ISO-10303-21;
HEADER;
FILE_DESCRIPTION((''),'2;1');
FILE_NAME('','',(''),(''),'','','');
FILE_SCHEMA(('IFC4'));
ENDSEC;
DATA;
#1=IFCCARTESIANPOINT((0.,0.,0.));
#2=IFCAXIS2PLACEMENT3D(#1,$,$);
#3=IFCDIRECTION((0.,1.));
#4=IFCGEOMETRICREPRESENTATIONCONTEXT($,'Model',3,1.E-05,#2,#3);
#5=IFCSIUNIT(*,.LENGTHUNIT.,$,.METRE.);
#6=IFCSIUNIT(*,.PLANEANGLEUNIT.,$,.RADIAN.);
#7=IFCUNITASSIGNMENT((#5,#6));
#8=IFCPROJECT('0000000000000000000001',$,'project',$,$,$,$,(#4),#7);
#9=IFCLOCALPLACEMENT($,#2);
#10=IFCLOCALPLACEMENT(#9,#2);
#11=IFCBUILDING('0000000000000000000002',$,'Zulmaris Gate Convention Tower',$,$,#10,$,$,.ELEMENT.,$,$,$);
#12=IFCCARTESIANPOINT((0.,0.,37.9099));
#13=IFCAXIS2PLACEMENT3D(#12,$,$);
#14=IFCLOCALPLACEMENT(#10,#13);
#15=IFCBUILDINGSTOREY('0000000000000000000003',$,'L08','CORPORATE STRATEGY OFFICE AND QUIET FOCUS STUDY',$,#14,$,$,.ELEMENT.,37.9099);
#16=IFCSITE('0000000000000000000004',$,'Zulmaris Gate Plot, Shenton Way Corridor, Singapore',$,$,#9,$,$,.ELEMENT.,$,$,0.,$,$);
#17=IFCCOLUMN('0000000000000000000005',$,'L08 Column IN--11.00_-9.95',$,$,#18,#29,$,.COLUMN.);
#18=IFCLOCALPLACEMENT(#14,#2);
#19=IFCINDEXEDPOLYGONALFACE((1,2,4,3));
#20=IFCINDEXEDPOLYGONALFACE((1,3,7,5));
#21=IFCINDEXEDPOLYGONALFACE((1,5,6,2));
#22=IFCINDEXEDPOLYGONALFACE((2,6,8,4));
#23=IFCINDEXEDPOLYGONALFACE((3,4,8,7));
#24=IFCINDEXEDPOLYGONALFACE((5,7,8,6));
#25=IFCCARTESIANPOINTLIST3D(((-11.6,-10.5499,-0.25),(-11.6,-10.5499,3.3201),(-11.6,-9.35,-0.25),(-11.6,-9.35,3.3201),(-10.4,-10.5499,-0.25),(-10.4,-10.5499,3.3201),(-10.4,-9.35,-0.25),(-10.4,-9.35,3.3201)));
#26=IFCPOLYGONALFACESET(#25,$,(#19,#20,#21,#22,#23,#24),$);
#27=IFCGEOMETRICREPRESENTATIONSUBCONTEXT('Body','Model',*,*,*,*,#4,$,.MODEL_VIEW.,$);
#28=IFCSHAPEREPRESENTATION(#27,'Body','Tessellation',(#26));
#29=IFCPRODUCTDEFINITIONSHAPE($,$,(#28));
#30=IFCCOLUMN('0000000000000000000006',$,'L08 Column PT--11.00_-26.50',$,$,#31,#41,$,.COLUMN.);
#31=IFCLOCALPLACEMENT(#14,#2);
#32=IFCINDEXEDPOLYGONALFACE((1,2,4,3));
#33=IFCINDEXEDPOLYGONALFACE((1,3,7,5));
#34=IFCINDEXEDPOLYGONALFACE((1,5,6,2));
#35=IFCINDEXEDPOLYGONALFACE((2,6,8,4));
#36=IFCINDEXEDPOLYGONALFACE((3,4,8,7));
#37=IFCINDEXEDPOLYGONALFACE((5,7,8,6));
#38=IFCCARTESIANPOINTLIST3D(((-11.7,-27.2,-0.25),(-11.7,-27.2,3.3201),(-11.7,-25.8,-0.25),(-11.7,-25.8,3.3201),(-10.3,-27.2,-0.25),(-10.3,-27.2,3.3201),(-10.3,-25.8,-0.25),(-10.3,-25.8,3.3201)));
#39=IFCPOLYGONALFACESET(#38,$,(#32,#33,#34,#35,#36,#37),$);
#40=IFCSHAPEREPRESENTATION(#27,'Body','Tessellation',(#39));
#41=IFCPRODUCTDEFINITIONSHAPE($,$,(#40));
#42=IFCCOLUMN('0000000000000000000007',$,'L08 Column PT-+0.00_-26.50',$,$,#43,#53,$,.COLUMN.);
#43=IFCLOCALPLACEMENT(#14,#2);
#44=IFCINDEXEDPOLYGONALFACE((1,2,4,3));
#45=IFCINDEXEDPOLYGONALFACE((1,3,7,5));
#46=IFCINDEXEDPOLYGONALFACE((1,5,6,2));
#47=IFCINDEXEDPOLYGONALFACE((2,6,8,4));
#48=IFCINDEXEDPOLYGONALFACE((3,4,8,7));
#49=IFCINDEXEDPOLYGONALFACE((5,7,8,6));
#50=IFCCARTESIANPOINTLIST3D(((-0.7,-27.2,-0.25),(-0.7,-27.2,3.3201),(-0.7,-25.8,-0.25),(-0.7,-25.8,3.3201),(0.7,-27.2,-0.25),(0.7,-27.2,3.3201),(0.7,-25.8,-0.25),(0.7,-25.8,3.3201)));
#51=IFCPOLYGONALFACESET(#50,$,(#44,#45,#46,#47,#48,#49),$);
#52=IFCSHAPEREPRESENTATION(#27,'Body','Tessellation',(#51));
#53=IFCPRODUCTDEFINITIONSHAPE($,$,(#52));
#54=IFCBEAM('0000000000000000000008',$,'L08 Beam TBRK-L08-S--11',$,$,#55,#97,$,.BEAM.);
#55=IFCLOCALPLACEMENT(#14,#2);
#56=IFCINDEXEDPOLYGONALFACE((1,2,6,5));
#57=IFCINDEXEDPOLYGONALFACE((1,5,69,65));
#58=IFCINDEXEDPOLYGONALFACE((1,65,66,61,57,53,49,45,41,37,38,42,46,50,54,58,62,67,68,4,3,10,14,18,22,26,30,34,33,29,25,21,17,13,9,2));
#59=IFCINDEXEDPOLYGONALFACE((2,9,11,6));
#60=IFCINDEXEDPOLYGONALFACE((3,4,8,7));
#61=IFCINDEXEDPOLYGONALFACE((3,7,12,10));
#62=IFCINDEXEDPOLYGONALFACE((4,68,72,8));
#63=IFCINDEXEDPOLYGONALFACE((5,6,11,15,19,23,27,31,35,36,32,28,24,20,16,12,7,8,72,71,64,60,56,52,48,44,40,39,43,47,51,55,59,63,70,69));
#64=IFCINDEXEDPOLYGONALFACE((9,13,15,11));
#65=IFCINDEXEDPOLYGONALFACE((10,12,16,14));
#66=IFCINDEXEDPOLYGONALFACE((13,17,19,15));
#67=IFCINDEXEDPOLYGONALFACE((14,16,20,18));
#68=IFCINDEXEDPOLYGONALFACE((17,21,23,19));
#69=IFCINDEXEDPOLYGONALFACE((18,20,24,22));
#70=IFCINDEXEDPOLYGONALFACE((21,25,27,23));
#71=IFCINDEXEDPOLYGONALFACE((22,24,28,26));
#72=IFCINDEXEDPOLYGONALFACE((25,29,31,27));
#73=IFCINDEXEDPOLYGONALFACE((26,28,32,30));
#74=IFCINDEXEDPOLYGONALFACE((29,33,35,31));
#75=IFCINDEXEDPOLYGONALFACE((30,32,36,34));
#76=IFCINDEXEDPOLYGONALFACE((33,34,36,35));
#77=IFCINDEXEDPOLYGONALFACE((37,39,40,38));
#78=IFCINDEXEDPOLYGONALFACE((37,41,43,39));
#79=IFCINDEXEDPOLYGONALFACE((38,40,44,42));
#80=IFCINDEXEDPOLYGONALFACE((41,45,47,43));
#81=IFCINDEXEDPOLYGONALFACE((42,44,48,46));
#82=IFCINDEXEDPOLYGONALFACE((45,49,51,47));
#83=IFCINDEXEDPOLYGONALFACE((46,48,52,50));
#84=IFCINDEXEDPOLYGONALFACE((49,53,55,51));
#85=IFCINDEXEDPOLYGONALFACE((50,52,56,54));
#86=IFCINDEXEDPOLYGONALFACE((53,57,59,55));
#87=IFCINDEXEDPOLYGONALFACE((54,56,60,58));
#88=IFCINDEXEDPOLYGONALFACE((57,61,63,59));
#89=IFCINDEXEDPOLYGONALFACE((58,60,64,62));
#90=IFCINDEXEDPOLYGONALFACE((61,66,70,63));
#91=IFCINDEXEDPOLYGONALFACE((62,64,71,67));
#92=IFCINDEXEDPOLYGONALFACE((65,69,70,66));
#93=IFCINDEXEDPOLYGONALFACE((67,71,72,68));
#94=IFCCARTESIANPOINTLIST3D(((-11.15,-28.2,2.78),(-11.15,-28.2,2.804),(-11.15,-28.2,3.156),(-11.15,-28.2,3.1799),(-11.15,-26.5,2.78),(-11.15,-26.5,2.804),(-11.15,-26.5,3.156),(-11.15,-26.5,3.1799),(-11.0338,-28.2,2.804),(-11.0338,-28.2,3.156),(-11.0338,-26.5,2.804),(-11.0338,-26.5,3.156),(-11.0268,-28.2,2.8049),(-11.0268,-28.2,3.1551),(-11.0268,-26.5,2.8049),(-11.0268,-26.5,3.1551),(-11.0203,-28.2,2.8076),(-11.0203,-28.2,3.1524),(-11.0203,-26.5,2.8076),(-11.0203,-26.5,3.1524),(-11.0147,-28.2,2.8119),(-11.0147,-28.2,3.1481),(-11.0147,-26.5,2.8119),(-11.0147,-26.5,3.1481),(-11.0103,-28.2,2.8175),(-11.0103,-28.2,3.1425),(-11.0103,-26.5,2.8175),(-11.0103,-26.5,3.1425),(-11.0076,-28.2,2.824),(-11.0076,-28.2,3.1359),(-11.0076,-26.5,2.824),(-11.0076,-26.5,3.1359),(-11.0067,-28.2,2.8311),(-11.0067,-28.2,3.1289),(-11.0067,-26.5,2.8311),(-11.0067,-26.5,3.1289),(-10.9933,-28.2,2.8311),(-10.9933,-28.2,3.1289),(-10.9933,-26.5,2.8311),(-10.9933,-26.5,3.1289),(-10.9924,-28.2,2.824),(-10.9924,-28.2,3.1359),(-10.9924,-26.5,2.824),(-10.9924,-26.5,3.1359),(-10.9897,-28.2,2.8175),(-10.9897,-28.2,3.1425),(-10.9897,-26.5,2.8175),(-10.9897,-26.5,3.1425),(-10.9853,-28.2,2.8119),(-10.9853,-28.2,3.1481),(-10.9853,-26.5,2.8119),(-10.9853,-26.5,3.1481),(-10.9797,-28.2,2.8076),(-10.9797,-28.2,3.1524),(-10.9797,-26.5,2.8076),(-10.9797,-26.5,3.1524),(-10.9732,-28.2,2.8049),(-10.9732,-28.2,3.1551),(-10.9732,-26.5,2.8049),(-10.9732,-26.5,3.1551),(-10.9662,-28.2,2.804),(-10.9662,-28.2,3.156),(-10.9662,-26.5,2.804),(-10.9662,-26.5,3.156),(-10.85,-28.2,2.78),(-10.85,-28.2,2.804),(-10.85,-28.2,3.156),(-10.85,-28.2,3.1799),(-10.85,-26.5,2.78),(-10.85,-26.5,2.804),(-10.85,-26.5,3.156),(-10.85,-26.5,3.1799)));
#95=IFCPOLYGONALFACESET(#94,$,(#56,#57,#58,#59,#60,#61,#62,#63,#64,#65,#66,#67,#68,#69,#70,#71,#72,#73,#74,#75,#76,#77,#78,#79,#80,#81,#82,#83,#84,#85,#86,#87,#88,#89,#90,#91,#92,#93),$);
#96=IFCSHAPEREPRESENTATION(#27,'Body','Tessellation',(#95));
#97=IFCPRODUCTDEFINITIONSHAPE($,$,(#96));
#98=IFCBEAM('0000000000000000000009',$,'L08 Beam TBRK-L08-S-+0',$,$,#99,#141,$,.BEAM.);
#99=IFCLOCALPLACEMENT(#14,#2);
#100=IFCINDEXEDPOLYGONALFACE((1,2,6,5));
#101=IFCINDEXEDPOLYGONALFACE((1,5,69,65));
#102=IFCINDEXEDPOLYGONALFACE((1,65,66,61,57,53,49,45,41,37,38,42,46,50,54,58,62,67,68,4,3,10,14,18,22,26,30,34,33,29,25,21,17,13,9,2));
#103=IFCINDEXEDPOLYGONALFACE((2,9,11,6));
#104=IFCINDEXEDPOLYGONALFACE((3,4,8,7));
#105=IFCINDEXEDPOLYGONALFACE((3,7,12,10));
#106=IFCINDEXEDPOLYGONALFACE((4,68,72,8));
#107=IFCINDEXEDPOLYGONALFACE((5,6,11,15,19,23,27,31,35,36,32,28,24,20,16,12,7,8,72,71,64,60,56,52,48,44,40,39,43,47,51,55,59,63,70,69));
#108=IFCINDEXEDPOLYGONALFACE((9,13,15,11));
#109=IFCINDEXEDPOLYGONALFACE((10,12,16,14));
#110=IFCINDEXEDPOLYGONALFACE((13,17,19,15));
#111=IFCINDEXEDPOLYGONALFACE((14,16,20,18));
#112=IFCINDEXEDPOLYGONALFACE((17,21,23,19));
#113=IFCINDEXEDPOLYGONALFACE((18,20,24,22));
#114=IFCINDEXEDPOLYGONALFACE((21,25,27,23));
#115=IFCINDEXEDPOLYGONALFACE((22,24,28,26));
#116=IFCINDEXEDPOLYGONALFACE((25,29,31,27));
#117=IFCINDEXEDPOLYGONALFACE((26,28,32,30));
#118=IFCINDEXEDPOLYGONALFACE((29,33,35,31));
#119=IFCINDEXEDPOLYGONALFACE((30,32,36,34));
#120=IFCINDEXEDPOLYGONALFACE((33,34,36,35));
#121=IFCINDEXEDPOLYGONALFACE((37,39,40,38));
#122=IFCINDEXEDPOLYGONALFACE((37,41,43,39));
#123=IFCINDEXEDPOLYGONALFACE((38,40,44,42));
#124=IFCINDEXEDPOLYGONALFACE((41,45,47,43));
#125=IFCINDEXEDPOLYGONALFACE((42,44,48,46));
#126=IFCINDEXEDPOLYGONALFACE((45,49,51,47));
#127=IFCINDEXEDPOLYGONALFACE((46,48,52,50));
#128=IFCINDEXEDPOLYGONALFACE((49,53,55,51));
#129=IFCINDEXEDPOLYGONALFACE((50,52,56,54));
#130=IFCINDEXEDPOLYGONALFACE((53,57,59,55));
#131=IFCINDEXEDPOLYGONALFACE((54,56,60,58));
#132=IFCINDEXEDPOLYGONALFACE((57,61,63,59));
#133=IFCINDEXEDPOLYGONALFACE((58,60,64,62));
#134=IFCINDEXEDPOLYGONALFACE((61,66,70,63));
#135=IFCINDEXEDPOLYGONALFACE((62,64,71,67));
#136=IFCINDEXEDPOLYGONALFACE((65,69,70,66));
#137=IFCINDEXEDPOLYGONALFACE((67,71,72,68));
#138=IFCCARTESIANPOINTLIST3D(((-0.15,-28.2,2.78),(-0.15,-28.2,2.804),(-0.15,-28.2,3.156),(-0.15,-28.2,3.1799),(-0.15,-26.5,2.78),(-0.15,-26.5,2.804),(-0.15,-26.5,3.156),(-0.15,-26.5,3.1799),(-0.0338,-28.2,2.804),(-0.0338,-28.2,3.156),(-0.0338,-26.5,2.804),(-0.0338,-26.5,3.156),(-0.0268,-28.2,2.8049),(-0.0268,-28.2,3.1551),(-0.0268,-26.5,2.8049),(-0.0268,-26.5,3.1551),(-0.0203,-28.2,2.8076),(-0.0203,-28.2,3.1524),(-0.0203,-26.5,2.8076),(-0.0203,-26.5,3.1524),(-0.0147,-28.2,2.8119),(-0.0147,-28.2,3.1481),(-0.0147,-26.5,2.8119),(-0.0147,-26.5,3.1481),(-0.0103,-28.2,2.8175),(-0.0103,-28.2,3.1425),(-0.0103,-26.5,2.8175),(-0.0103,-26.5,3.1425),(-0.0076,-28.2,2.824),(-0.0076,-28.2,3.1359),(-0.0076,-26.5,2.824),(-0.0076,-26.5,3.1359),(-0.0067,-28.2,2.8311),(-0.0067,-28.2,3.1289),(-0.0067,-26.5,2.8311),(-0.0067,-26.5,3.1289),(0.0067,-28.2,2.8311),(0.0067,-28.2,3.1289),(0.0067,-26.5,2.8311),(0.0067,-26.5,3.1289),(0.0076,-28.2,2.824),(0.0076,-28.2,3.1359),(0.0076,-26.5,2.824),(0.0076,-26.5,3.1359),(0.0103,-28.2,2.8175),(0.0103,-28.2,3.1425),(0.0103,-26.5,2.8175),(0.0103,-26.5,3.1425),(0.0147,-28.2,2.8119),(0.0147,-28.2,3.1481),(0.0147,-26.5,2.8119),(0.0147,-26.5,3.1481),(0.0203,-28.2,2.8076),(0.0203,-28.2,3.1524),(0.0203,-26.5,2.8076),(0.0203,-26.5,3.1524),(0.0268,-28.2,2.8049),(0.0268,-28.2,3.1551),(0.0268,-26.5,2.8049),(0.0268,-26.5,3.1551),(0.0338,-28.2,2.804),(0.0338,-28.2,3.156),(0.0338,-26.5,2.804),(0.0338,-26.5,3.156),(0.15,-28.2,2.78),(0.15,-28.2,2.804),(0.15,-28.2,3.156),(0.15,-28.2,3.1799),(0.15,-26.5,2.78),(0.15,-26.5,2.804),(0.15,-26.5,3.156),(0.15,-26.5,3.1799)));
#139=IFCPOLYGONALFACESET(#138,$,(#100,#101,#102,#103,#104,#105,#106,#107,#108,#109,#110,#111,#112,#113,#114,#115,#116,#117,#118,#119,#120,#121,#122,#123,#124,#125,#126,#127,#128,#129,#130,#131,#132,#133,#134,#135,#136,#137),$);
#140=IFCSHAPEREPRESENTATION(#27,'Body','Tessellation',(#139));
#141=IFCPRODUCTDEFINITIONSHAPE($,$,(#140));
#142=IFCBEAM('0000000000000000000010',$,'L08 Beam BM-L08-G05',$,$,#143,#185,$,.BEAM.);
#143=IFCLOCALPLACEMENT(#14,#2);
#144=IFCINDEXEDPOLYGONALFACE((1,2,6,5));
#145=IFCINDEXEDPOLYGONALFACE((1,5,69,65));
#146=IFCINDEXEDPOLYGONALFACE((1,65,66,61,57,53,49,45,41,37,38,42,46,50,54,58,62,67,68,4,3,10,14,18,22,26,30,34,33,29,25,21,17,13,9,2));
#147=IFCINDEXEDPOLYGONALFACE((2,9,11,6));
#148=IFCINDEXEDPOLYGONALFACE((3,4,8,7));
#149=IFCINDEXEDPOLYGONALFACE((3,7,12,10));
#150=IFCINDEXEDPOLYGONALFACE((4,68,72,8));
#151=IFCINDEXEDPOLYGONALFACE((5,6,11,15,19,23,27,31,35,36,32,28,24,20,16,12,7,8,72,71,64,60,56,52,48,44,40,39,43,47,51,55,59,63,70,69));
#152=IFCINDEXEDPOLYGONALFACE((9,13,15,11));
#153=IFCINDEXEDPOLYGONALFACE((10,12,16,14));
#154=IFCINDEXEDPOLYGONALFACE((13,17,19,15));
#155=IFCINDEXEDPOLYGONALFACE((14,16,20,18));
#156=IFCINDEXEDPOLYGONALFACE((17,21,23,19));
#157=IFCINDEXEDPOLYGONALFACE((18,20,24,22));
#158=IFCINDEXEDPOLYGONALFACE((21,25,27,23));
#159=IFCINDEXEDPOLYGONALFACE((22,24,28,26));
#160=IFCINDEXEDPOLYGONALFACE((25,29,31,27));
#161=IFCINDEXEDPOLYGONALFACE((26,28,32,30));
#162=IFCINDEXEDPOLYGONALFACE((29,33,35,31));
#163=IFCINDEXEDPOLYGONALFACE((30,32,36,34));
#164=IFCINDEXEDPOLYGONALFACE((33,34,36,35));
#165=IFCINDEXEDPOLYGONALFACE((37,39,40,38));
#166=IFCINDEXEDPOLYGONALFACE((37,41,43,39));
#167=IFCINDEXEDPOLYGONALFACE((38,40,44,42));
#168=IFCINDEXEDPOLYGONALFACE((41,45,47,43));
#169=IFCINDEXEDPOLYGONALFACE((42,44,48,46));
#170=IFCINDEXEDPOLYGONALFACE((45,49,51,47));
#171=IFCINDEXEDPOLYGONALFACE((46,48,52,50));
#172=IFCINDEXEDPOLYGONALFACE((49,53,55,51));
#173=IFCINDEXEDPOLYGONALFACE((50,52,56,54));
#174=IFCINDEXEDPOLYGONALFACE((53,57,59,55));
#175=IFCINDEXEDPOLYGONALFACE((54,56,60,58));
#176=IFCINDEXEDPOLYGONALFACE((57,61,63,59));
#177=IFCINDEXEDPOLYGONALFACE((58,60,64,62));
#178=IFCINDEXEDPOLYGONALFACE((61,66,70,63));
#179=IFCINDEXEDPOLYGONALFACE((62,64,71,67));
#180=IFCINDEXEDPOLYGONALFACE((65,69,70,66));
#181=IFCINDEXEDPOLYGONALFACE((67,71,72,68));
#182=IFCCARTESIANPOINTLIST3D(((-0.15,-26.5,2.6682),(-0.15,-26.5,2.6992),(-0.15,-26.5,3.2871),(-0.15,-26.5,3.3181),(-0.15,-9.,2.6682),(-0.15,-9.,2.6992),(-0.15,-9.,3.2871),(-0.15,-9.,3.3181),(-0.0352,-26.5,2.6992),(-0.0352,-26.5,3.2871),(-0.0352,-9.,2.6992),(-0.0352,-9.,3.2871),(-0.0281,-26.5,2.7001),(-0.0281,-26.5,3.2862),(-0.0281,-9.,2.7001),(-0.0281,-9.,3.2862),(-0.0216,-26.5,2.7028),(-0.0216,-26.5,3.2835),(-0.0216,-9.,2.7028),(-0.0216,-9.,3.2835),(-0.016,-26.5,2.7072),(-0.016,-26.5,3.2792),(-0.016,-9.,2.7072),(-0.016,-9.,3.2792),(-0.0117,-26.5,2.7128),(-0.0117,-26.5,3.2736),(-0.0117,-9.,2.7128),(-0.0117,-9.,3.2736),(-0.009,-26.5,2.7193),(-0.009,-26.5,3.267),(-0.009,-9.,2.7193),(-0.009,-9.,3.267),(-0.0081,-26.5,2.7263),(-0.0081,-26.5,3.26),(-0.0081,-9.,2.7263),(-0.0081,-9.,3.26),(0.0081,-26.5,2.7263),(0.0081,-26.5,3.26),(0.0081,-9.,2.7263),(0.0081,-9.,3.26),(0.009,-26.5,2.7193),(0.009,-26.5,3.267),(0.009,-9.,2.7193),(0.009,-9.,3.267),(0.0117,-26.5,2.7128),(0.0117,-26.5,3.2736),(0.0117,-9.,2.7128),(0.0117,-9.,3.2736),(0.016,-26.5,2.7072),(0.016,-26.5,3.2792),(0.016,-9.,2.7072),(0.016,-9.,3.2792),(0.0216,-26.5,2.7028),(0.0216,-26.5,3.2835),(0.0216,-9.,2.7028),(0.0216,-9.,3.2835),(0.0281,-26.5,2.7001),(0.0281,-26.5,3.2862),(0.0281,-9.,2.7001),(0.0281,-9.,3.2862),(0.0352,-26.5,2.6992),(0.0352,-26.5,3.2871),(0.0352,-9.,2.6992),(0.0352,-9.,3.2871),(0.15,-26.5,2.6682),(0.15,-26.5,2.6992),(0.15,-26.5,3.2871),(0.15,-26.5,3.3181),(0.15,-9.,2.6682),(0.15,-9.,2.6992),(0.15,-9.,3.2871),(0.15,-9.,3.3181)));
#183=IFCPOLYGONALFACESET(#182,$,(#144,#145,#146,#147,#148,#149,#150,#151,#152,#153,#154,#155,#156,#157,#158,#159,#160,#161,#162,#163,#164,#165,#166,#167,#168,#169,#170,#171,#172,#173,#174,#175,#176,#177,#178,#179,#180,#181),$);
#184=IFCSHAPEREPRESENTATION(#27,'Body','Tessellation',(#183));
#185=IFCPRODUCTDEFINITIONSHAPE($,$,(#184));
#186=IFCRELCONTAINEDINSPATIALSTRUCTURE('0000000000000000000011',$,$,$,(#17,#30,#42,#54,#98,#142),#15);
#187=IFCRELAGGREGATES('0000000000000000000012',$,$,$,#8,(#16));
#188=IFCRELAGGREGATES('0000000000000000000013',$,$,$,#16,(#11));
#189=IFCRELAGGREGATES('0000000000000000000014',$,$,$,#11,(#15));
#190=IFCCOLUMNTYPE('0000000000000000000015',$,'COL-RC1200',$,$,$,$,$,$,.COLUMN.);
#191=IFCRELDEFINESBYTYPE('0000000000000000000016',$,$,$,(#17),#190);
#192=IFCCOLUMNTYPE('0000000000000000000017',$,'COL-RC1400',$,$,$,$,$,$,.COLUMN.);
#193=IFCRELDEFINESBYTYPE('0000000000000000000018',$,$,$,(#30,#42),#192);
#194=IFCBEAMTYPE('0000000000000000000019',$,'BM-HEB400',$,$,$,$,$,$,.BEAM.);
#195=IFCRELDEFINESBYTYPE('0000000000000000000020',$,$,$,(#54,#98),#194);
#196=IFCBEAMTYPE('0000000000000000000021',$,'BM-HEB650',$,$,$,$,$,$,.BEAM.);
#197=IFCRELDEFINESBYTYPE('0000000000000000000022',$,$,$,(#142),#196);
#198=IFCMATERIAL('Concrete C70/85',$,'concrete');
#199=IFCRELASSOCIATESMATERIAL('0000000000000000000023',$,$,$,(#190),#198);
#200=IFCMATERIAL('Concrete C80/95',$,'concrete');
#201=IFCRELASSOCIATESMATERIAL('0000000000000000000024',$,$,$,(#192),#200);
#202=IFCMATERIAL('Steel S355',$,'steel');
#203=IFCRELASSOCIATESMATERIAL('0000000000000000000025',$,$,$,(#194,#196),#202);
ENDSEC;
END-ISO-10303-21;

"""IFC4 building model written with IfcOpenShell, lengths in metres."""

from ifc_helpers import new_model, si_unit, direction, frame, origin, origin_2d, place, context, subcontext, project, spatial, rectangle, i_section, extrude, material, material_profile, profile_set, type_object, element, save


model = new_model("IFC4")

# Units and contexts
model_context = context("Model", 3, precision=1e-05, world=origin(), true_north=direction((0.0, 1.0)))
body_context = subcontext(model_context, "Body", "Model", "MODEL_VIEW")
ifc_project = project(units=[si_unit("LENGTHUNIT", "METRE"), si_unit("PLANEANGLEUNIT", "RADIAN")], contexts=[model_context])

# Site, building, storey
site_placement = place(None, origin())
site = spatial("IfcSite", under=ifc_project, at=site_placement, Name="Zulmaris Gate Plot, Shenton Way Corridor, Singapore", CompositionType="ELEMENT", RefElevation=0.0)
building_placement = place(site_placement, origin())
building = spatial("IfcBuilding", under=site, at=building_placement, Name="Zulmaris Gate Convention Tower", CompositionType="ELEMENT")
storey_placement = place(building_placement, frame((0.0, 0.0, 37.9099)))
storey = spatial("IfcBuildingStorey", under=building, at=storey_placement, Name="L08", Description="CORPORATE STRATEGY OFFICE AND QUIET FOCUS STUDY", CompositionType="ELEMENT", Elevation=37.9099)

# Columns
ifc_material_1 = material(Name="Concrete C70/85", Category="concrete")
ifc_material_profile_1 = material_profile(ifc_material_1, rectangle(XDim=1.2, YDim=1.2, at=origin_2d()), Name="RC COL 1200x1200")
ifc_profile_set_1 = profile_set([ifc_material_profile_1], Name="Concrete C70/85")
column_type_1 = type_object("IfcColumnType", Name="COL-RC1200", PredefinedType="COLUMN", material=ifc_profile_set_1)
column_placement = place(storey_placement, frame((-11.0, -9.95, -0.25), z_axis=(0.0, 0.0, 1.0), x_axis=(1.0, 0.0, 0.0)))
element("IfcColumn", 1, at=column_placement, inside=storey, type_object=column_type_1, Name="L08 Column IN--11.00_-9.95", PredefinedType="COLUMN", context=body_context, shape_type="SweptSolid", body=[
    extrude(rectangle(XDim=1.2, YDim=1.2, at=origin_2d()), origin(), (0.0, 0.0, 1.0), 3.5701),
])
ifc_material_2 = material(Name="Concrete C80/95", Category="concrete")
ifc_material_profile_2 = material_profile(ifc_material_2, rectangle(XDim=1.3999, YDim=1.3999, at=origin_2d()), Name="RC COL 1400x1400")
ifc_profile_set_2 = profile_set([ifc_material_profile_2], Name="Concrete C80/95")
column_type_2 = type_object("IfcColumnType", Name="COL-RC1400", PredefinedType="COLUMN", material=ifc_profile_set_2)
for number, where, z_axis, x_axis, name in (
    (2, (-11.0, -26.5, -0.25), (0.0, 0.0, 1.0), (1.0, 0.0, 0.0), "L08 Column PT--11.00_-26.50"),
    (3, (0.0, -26.5, -0.25), (0.0, 0.0, 1.0), (1.0, 0.0, 0.0), "L08 Column PT-+0.00_-26.50"),
):
    element("IfcColumn", number, at=place(storey_placement, frame(where, z_axis=z_axis, x_axis=x_axis)), inside=storey, type_object=column_type_2, Name=name, PredefinedType="COLUMN", context=body_context, shape_type="SweptSolid", body=[
        extrude(rectangle(XDim=1.3999, YDim=1.3999, at=origin_2d()), origin(), (0.0, 0.0, 1.0), 3.5701),
    ])

# Beams
ifc_material_3 = material(Name="Steel S355", Category="steel")
ifc_material_profile_3 = material_profile(ifc_material_3, i_section(OverallWidth=0.3, OverallDepth=0.3999, WebThickness=0.0134, FlangeThickness=0.0239, FilletRadius=0.0271, at=origin_2d()), Name="HEB 400")
ifc_profile_set_3 = profile_set([ifc_material_profile_3], Name="Steel S355")
beam_type_1 = type_object("IfcBeamType", Name="BM-HEB400", PredefinedType="BEAM", material=ifc_profile_set_3)
for number, where, z_axis, x_axis, name in (
    (4, (-11.0, -28.2, 2.98), (0.0, 1.0, 0.0), (-1.0, 0.0, 0.0), "L08 Beam TBRK-L08-S--11"),
    (5, (0.0, -28.2, 2.98), (0.0, 1.0, 0.0), (-1.0, 0.0, 0.0), "L08 Beam TBRK-L08-S-+0"),
):
    element("IfcBeam", number, at=place(storey_placement, frame(where, z_axis=z_axis, x_axis=x_axis)), inside=storey, type_object=beam_type_1, Name=name, PredefinedType="BEAM", context=body_context, shape_type="SweptSolid", body=[
        extrude(i_section(OverallWidth=0.3, OverallDepth=0.3999, WebThickness=0.0134, FlangeThickness=0.0239, FilletRadius=0.0271, at=origin_2d()), origin(), (0.0, 0.0, 1.0), 1.7),
    ])
ifc_material_profile_4 = material_profile(ifc_material_3, i_section(OverallWidth=0.3, OverallDepth=0.6499, WebThickness=0.0161, FlangeThickness=0.031, FilletRadius=0.0271, at=origin_2d()), Name="HEB 650")
ifc_profile_set_4 = profile_set([ifc_material_profile_4], Name="Steel S355")
beam_type_2 = type_object("IfcBeamType", Name="BM-HEB650", PredefinedType="BEAM", material=ifc_profile_set_4)
beam_1_placement = place(storey_placement, frame((0.0, -26.5, 2.9932), z_axis=(0.0, 1.0, 0.0), x_axis=(-1.0, 0.0, 0.0)))
element("IfcBeam", 6, at=beam_1_placement, inside=storey, type_object=beam_type_2, Name="L08 Beam BM-L08-G05", PredefinedType="BEAM", context=body_context, shape_type="SweptSolid", body=[
    extrude(i_section(OverallWidth=0.3, OverallDepth=0.6499, WebThickness=0.0161, FlangeThickness=0.031, FilletRadius=0.0271, at=origin_2d()), origin(), (0.0, 0.0, 1.0), 17.5),
])

save(model, "model.ifc")
